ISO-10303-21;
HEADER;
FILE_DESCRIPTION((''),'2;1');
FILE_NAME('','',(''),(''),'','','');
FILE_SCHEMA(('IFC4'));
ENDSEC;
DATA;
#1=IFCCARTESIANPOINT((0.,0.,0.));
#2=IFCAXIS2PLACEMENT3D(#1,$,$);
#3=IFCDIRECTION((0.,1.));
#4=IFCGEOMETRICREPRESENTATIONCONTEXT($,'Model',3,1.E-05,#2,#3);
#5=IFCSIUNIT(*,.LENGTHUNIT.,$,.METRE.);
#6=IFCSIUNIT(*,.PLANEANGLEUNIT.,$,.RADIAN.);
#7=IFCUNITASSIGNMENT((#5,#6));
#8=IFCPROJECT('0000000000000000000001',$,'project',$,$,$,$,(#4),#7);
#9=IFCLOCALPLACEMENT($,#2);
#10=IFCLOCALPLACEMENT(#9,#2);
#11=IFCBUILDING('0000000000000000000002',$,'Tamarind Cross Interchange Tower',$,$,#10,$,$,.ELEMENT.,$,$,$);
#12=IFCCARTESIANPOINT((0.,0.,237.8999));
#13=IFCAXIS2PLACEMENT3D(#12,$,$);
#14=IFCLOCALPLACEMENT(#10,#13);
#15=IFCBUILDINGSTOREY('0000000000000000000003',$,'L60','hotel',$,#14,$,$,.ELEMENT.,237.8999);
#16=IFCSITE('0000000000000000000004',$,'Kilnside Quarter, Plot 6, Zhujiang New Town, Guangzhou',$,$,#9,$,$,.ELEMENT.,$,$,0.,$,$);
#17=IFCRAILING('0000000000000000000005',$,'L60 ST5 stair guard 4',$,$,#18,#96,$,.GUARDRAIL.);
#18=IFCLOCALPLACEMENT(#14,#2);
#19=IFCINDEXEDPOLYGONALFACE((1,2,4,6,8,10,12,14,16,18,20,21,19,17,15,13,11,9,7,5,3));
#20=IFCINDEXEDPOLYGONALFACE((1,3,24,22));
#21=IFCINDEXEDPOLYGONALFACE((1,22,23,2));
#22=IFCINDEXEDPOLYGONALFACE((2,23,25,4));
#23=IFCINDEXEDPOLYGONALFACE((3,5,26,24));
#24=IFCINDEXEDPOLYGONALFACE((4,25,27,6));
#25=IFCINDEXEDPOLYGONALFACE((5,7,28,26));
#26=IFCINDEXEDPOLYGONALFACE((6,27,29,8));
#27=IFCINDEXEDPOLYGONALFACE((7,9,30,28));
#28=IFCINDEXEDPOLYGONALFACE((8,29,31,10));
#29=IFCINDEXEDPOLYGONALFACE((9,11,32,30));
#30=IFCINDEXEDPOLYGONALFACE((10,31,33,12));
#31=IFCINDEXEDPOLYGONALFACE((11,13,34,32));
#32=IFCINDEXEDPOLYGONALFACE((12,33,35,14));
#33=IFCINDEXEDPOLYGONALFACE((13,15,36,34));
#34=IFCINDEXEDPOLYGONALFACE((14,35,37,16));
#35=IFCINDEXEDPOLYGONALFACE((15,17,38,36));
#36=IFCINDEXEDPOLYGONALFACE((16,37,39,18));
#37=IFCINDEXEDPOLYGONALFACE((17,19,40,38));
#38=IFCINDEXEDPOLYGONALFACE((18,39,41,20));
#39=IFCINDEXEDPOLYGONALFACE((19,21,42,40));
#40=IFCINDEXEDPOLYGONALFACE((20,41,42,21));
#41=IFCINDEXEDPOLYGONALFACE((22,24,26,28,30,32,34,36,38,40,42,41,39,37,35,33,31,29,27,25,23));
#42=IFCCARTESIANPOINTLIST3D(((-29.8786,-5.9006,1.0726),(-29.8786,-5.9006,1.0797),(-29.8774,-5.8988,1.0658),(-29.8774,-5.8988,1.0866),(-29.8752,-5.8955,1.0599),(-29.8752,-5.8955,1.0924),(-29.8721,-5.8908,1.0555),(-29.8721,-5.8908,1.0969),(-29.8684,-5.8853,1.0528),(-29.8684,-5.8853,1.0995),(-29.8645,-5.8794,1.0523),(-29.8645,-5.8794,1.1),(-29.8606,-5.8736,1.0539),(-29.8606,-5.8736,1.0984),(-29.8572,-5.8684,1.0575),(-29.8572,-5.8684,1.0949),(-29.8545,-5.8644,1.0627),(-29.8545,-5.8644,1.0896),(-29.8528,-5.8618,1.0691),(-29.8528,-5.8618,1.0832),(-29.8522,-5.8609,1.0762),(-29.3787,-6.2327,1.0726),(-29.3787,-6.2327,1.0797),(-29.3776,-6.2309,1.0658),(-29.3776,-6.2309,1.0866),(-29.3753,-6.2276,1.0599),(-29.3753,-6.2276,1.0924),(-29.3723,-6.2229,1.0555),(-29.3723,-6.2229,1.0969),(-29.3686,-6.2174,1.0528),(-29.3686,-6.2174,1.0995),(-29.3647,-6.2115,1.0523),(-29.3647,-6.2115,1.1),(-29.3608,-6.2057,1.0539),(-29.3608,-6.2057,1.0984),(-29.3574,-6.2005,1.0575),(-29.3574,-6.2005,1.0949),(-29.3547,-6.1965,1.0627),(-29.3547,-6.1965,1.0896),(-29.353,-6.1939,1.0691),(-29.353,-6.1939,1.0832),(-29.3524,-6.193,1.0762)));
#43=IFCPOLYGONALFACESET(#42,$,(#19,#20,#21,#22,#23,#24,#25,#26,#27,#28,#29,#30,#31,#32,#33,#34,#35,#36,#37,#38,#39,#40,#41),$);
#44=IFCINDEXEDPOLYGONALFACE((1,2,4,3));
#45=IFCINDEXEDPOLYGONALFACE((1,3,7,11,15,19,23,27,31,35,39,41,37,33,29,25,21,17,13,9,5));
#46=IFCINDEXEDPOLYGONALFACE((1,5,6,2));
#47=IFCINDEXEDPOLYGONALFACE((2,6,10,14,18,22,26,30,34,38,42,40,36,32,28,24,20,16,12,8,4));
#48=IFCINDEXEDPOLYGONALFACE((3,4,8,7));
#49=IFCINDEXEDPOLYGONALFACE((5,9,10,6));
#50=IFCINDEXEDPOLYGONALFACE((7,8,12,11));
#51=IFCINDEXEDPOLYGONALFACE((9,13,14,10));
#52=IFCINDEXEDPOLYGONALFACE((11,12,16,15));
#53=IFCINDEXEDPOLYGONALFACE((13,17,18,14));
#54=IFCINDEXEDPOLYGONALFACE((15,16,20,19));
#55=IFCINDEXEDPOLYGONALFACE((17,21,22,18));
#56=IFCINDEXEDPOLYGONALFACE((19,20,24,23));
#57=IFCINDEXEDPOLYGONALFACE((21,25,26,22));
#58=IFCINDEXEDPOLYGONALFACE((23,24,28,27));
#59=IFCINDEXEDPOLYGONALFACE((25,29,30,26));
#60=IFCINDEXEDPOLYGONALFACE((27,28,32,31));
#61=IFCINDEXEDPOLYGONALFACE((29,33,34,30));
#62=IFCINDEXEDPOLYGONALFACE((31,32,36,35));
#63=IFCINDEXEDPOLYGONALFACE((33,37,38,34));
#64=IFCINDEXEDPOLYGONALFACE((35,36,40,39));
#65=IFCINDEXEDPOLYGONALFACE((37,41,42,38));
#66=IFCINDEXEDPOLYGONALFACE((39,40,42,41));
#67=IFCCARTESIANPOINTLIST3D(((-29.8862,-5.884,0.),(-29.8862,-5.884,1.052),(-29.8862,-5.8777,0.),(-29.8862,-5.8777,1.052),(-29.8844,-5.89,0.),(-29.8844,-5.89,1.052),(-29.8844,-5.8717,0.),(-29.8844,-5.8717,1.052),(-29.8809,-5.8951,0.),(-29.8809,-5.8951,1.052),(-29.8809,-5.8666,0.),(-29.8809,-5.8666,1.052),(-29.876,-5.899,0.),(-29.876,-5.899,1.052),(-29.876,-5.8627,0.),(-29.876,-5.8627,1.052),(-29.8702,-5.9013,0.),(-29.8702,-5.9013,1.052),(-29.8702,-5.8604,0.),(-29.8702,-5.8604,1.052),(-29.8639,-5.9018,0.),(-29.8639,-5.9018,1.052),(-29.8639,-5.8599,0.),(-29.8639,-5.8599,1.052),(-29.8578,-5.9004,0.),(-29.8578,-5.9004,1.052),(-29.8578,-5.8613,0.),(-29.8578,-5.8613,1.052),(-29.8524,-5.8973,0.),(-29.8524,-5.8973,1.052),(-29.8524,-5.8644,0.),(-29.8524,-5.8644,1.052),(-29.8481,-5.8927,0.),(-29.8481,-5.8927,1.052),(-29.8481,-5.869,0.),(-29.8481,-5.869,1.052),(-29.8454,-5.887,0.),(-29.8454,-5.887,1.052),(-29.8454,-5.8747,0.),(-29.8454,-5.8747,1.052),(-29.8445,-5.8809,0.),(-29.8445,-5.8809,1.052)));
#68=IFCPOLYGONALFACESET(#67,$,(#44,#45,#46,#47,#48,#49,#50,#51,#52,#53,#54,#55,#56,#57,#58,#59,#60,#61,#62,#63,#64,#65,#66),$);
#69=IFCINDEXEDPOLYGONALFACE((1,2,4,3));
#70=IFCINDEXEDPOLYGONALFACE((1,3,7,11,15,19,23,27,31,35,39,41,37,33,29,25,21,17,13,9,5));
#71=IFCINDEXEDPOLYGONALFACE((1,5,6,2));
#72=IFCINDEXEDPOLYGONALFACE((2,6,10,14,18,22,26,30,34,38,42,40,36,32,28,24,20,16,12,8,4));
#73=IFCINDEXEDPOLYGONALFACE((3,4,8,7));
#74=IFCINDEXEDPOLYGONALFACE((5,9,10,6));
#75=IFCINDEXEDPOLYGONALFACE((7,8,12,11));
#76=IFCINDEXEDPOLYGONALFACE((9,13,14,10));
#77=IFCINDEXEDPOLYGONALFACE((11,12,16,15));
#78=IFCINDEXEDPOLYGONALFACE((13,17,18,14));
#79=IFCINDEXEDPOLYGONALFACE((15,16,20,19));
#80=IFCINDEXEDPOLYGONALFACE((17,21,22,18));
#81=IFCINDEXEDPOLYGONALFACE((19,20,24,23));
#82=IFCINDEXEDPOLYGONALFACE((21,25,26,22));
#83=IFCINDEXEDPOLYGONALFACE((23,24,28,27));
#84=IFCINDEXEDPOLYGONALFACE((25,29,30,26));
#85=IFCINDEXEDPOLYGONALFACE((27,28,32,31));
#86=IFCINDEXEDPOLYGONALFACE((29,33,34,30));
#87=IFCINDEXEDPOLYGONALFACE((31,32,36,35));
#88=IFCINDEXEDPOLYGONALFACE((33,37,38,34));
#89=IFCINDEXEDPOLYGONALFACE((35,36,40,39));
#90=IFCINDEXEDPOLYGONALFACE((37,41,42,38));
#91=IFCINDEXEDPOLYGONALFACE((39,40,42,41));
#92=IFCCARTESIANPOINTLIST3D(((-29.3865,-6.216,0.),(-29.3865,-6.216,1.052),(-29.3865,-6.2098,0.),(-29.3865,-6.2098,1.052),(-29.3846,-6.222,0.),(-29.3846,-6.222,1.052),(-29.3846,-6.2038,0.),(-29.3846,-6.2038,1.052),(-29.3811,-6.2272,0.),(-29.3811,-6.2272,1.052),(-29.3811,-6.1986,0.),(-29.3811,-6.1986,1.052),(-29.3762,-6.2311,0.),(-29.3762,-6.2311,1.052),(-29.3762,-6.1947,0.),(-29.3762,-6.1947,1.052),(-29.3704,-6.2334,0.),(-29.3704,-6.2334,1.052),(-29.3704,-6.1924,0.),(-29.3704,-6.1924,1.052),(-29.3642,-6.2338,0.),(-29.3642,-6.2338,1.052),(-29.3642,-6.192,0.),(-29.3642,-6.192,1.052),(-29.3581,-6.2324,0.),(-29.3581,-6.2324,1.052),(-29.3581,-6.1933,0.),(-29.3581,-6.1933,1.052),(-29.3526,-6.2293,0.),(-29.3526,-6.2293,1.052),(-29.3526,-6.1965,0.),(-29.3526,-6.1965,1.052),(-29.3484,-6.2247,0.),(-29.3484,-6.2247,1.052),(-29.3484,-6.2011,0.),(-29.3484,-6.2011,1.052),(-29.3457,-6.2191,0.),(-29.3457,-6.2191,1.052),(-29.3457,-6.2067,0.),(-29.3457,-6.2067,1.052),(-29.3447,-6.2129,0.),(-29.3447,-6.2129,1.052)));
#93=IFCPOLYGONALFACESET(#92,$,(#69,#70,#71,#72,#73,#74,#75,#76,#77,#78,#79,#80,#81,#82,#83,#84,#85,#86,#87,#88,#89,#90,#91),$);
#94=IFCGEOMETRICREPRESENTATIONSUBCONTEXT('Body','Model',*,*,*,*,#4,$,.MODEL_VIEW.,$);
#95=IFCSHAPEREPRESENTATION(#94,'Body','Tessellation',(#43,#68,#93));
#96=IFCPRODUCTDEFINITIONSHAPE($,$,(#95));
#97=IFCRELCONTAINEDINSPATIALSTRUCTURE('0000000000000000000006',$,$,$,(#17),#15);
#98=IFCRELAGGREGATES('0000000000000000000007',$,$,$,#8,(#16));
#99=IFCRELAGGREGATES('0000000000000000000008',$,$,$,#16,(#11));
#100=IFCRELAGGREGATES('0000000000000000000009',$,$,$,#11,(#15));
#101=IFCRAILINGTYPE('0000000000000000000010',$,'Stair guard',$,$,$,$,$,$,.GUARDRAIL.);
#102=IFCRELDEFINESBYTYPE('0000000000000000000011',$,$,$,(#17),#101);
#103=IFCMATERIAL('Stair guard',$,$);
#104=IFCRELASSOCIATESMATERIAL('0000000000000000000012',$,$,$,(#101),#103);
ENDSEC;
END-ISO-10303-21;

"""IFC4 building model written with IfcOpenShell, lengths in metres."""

from ifc_helpers import new_model, si_unit, direction, frame, origin, origin_2d, place, context, subcontext, project, spatial, circle, extrude, material, type_object, element, save


model = new_model("IFC4")

# Units and contexts
model_context = context("Model", 3, precision=1e-05, world=origin(), true_north=direction((0.0, 1.0)))
body_context = subcontext(model_context, "Body", "Model", "MODEL_VIEW")
ifc_project = project(units=[si_unit("LENGTHUNIT", "METRE"), si_unit("PLANEANGLEUNIT", "RADIAN")], contexts=[model_context])

# Site, building, storey
site_placement = place(None, origin())
site = spatial("IfcSite", under=ifc_project, at=site_placement, Name="Kilnside Quarter, Plot 6, Zhujiang New Town, Guangzhou", CompositionType="ELEMENT", RefElevation=0.0)
building_placement = place(site_placement, origin())
building = spatial("IfcBuilding", under=site, at=building_placement, Name="Tamarind Cross Interchange Tower", CompositionType="ELEMENT")
storey_placement = place(building_placement, frame((0.0, 0.0, 237.8999)))
storey = spatial("IfcBuildingStorey", under=building, at=storey_placement, Name="L60", Description="hotel", CompositionType="ELEMENT", Elevation=237.8999)

# Railing
ifc_material_1 = material(Name="Stair guard")
railing_type_1 = type_object("IfcRailingType", Name="Stair guard", PredefinedType="GUARDRAIL", material=ifc_material_1)
railing_1_placement = place(storey_placement, frame((-29.8655, -5.8809, 0.0)))
element("IfcRailing", 1, at=railing_1_placement, inside=storey, type_object=railing_type_1, Name="L60 ST5 stair guard 4", PredefinedType="GUARDRAIL", context=body_context, shape_type="SweptSolid", body=[
    extrude(circle(Radius=0.0239, at=origin_2d()), frame((0.0, 0.0, 1.0762), z_axis=(0.832926, -0.553385, 0.0), x_axis=(0.553385, 0.832926, 0.0)), (0.0, 0.0, 1.0), 0.6001),
    extrude(circle(Radius=0.021, at=origin_2d()), origin(), (0.0, 0.0, 1.0), 1.052),
    extrude(circle(Radius=0.021, at=origin_2d()), frame((0.4998, -0.332, 0.0)), (0.0, 0.0, 1.0), 1.052),
])

save(model, "model.ifc")
